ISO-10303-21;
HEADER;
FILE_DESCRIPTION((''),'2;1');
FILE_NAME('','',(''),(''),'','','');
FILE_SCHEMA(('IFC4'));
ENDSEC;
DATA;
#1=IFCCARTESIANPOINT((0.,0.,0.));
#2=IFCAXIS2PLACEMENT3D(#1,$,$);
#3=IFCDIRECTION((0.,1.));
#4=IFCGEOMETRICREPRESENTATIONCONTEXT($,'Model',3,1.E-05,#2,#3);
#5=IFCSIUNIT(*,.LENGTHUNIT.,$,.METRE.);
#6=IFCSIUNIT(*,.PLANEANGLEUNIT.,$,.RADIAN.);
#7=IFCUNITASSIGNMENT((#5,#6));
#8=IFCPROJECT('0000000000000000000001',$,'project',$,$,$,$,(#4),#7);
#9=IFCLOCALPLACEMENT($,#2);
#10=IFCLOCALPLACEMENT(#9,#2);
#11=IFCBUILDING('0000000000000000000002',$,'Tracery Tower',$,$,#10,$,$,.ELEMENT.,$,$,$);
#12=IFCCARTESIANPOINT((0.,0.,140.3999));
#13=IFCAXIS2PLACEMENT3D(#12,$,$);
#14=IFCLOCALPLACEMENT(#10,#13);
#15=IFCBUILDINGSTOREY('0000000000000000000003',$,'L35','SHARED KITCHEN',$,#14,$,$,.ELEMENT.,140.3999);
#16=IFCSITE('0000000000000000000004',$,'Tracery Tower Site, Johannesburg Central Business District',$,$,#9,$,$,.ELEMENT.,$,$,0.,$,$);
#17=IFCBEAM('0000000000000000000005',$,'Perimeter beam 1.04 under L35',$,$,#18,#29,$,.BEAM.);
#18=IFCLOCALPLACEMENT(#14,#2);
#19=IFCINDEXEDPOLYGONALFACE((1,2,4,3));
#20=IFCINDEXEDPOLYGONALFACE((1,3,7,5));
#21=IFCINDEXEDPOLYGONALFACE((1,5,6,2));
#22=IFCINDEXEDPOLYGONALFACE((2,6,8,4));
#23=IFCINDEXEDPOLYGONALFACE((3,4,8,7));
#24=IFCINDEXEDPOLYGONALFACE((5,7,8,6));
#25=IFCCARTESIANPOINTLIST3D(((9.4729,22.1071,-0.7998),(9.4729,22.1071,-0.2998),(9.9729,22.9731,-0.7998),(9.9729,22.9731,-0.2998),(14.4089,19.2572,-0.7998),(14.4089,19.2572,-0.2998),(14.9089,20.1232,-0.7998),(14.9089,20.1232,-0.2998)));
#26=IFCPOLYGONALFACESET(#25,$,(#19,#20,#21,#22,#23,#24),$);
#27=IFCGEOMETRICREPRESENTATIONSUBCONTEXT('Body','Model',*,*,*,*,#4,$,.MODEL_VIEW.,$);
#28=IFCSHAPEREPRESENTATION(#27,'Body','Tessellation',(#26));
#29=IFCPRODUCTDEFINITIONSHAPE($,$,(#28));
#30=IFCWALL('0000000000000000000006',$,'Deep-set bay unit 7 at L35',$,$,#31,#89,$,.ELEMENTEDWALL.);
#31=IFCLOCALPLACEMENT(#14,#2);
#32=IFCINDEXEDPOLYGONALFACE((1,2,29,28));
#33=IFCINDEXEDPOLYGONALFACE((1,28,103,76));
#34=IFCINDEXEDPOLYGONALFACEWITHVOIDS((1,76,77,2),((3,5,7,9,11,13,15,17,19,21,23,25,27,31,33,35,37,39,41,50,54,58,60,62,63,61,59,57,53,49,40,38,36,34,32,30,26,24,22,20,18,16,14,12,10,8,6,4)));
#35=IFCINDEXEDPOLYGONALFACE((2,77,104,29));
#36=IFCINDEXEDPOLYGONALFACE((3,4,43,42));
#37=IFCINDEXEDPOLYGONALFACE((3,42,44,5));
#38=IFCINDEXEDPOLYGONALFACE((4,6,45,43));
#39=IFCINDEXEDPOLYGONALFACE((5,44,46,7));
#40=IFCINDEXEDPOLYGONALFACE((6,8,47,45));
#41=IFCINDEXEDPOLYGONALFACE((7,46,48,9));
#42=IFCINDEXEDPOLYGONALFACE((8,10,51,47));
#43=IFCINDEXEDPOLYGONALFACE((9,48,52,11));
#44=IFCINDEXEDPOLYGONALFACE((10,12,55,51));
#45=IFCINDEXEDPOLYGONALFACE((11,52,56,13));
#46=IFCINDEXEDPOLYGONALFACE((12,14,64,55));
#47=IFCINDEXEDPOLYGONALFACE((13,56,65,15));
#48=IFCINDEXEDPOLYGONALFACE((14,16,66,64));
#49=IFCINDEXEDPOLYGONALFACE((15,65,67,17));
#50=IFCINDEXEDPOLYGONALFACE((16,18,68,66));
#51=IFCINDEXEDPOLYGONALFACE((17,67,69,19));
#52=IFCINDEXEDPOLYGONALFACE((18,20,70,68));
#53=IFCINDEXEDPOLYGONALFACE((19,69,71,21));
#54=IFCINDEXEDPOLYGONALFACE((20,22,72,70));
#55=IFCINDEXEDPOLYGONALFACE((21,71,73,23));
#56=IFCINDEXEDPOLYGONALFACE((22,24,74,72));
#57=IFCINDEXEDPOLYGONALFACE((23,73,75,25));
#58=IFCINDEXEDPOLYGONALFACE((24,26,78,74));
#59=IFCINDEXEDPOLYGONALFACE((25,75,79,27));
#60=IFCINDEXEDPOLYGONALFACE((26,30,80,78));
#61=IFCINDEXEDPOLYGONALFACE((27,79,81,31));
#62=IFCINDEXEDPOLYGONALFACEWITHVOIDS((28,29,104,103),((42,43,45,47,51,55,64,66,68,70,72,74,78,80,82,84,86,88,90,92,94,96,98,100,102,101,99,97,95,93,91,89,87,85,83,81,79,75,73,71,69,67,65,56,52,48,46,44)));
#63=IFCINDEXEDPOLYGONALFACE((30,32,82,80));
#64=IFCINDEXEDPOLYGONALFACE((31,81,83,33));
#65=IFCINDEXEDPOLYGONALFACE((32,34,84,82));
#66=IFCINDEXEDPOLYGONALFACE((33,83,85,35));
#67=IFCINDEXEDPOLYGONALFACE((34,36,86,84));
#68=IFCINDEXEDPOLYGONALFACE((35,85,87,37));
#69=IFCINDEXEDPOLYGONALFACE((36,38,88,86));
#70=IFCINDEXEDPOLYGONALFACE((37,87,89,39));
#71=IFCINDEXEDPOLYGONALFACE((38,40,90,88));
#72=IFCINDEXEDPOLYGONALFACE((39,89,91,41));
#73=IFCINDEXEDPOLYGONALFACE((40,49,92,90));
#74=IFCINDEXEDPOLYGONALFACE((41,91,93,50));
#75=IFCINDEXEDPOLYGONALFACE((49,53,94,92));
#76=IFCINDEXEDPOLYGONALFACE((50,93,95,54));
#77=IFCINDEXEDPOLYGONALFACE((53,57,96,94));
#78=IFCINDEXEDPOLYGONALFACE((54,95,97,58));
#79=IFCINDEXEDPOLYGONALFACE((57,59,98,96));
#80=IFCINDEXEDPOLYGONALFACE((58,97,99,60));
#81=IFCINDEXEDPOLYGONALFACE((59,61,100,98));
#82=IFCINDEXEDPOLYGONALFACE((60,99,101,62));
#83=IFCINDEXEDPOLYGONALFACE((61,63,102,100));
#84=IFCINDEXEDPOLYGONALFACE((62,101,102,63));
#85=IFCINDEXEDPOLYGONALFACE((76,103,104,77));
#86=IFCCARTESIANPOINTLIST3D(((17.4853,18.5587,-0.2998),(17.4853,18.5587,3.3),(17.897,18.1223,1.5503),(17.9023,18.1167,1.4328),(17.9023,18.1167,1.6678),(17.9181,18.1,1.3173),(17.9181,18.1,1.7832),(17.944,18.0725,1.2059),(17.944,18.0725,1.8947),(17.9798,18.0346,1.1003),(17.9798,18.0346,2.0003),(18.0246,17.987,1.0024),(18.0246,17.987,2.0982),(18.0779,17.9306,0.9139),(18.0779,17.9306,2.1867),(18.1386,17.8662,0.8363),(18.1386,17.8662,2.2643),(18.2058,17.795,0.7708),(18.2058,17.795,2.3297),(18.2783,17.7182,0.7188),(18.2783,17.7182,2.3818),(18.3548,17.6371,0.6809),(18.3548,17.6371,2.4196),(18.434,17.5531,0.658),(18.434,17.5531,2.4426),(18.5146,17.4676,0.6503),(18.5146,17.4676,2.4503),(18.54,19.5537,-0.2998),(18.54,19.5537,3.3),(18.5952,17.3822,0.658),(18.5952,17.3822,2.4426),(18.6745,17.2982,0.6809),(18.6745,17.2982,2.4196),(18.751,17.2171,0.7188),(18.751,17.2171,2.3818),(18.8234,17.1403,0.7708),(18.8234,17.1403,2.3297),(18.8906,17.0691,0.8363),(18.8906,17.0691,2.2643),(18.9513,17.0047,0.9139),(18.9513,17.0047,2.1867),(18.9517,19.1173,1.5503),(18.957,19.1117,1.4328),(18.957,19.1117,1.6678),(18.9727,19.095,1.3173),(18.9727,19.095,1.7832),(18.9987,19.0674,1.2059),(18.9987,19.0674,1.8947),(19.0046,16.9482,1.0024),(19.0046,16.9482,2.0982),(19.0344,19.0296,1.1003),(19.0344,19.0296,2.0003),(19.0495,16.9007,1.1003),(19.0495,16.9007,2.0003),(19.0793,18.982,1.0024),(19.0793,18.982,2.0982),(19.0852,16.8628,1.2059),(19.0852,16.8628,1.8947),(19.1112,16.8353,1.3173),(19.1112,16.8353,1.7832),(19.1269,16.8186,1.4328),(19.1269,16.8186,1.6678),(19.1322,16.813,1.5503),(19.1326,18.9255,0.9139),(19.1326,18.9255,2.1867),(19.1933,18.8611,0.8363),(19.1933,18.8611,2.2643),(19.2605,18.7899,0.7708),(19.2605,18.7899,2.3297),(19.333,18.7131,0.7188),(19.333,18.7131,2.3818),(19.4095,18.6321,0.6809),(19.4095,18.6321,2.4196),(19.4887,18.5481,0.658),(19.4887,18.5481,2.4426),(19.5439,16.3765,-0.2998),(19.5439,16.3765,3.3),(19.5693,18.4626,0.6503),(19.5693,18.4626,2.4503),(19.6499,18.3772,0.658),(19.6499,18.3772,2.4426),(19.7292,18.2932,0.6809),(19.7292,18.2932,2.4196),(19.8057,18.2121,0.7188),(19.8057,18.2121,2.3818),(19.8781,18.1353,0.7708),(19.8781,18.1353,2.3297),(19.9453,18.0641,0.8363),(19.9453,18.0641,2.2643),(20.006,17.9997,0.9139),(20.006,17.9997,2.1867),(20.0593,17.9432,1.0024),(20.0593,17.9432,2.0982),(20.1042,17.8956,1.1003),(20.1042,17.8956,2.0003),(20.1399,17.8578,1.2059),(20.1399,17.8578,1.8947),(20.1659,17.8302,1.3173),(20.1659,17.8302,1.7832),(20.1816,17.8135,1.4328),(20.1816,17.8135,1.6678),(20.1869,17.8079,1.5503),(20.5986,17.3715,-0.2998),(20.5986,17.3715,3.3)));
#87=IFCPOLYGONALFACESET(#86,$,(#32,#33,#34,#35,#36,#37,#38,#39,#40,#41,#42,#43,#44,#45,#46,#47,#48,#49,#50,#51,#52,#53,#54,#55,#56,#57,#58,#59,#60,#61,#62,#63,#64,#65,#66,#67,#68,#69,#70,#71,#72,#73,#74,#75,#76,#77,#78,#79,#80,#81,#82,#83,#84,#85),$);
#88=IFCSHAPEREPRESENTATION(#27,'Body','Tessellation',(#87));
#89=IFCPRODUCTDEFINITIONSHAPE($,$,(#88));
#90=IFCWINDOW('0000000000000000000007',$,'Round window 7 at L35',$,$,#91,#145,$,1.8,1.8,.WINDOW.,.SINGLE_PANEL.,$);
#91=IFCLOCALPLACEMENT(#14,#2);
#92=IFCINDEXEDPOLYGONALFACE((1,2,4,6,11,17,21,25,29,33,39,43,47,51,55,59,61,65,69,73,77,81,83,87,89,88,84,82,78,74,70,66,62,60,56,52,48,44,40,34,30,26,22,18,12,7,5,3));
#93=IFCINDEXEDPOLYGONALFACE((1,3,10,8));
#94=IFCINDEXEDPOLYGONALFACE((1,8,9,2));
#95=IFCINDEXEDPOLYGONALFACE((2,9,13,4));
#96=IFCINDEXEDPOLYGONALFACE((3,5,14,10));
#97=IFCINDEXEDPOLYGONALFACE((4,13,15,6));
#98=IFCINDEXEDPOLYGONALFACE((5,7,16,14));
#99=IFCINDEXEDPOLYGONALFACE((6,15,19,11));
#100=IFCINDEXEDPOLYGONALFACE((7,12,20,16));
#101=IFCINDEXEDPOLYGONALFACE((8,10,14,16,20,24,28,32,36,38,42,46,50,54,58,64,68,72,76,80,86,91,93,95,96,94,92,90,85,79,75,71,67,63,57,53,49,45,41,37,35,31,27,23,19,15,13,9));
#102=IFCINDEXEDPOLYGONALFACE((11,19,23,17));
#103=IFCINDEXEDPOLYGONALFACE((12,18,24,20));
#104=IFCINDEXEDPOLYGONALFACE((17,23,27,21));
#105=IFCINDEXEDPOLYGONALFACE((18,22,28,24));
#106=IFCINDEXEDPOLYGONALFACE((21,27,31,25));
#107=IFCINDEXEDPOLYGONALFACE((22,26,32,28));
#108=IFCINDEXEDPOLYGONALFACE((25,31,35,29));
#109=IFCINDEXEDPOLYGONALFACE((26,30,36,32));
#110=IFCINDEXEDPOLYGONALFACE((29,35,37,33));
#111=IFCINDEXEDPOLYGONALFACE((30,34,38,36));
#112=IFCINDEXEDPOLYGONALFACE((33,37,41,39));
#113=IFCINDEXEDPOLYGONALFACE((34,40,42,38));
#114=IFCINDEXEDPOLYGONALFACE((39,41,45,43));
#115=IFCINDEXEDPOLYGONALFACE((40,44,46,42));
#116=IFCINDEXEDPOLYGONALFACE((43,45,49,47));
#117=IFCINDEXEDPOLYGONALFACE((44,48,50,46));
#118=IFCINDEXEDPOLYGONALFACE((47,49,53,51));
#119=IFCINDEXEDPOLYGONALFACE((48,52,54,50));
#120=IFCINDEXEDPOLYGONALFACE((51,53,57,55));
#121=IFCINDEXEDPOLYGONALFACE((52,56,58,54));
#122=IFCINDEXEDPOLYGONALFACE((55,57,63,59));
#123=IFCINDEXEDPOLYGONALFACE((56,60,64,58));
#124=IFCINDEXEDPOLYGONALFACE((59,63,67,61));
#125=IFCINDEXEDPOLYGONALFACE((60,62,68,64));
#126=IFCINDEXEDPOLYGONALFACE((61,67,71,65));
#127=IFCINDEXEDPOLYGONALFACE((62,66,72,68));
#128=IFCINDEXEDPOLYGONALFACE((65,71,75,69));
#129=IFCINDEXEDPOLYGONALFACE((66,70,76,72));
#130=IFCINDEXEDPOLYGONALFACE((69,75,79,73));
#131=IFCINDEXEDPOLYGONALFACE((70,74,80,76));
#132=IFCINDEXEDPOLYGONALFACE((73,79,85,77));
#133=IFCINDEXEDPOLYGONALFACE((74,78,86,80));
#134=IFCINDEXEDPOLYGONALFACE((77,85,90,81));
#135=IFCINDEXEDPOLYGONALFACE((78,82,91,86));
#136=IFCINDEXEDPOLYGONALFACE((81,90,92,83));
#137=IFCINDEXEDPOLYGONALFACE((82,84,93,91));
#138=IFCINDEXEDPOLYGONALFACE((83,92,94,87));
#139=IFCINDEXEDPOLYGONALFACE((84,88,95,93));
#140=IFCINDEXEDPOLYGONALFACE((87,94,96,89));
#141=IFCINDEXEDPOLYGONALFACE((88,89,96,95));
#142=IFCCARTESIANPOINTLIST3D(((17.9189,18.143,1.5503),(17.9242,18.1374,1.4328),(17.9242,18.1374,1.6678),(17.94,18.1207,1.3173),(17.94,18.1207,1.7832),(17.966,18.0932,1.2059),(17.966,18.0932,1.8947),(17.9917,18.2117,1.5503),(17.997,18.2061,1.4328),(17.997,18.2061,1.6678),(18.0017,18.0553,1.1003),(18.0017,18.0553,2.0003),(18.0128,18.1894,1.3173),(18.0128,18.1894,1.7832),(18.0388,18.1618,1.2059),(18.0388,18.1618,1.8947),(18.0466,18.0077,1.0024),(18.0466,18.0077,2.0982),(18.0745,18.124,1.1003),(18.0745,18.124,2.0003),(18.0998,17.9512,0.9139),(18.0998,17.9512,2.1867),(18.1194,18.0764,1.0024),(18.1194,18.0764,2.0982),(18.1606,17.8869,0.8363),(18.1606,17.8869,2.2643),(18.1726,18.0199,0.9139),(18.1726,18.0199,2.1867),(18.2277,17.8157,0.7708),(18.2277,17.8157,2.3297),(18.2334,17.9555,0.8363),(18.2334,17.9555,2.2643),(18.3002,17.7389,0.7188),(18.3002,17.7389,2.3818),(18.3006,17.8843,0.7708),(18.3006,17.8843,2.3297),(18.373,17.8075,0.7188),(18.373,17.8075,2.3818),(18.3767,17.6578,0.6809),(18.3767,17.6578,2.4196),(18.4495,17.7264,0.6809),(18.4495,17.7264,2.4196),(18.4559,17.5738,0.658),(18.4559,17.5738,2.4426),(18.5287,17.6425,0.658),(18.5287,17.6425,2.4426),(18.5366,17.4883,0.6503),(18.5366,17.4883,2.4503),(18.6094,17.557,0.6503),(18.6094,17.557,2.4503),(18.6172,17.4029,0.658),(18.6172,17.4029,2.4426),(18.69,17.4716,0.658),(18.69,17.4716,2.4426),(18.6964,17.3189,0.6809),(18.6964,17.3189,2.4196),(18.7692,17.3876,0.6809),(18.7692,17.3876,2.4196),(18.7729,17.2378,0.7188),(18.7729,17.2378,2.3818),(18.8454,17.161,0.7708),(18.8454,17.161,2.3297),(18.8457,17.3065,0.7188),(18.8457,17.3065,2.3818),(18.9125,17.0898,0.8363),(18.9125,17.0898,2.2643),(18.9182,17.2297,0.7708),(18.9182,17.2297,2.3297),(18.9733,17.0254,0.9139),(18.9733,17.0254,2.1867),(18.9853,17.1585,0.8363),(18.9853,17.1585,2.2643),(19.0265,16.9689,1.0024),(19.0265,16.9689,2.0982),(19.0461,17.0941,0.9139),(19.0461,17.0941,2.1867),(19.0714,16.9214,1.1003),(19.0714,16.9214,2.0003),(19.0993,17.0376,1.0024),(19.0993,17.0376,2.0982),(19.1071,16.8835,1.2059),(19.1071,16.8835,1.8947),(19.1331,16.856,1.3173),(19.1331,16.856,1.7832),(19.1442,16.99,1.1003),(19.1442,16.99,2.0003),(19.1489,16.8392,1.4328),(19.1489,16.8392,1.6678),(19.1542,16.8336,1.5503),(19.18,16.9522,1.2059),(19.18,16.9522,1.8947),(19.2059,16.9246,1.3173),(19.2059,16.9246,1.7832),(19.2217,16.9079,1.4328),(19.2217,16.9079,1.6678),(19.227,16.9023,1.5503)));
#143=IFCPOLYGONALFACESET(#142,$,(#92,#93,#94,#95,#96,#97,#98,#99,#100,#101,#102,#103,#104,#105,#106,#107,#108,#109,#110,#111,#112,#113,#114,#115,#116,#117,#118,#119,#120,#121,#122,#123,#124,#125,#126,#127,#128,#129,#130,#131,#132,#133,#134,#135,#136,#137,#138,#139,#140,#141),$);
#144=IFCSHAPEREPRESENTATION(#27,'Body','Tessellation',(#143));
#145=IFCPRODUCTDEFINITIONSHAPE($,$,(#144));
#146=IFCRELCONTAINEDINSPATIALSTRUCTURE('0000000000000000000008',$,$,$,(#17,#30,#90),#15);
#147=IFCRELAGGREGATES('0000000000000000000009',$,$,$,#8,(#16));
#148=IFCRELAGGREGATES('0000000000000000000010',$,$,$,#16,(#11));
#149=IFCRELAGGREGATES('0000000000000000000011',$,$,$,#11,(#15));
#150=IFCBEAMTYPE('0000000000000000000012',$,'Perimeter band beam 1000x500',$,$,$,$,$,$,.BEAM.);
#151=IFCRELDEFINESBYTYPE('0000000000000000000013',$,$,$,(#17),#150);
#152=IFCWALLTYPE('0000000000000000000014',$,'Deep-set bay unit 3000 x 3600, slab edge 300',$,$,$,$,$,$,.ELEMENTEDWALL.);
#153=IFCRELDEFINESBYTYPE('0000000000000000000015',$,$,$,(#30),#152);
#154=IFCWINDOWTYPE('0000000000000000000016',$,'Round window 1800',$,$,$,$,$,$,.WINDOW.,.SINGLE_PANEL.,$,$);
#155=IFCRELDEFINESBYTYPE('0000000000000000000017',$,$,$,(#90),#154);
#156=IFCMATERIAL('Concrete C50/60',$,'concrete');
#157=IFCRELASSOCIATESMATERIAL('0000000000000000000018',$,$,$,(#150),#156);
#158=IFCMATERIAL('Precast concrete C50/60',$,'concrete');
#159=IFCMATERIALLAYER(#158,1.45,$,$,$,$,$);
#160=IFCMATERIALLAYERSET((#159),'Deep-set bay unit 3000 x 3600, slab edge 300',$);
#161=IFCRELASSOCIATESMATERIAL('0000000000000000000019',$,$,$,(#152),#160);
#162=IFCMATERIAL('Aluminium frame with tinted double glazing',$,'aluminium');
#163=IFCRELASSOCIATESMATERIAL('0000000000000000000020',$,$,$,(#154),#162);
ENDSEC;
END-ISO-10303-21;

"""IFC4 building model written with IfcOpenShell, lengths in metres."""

from ifc_helpers import new_model, si_unit, direction, frame, frame_2d, origin, origin_2d, place, context, subcontext, project, spatial, rectangle, circle, extrude, material, layer, layer_set, material_profile, profile_set, type_object, element, fill, save


model = new_model("IFC4")

# Units and contexts
model_context = context("Model", 3, precision=1e-05, world=origin(), true_north=direction((0.0, 1.0)))
body_context = subcontext(model_context, "Body", "Model", "MODEL_VIEW")
ifc_project = project(units=[si_unit("LENGTHUNIT", "METRE"), si_unit("PLANEANGLEUNIT", "RADIAN")], contexts=[model_context])

# Site, building, storey
site_placement = place(None, origin())
site = spatial("IfcSite", under=ifc_project, at=site_placement, Name="Tracery Tower Site, Johannesburg Central Business District", CompositionType="ELEMENT", RefElevation=0.0)
building_placement = place(site_placement, origin())
building = spatial("IfcBuilding", under=site, at=building_placement, Name="Tracery Tower", CompositionType="ELEMENT")
storey_placement = place(building_placement, frame((0.0, 0.0, 140.3999)))
storey = spatial("IfcBuildingStorey", under=building, at=storey_placement, Name="L35", Description="SHARED KITCHEN", CompositionType="ELEMENT", Elevation=140.3999)

# Beam
ifc_material_1 = material(Name="Concrete C50/60", Category="concrete")
ifc_material_profile_1 = material_profile(ifc_material_1, rectangle(XDim=1.0, YDim=0.5, at=origin_2d()), Name="RC 1000x500")
ifc_profile_set_1 = profile_set([ifc_material_profile_1], Name="Concrete C50/60")
beam_type_1 = type_object("IfcBeamType", Name="Perimeter band beam 1000x500", PredefinedType="BEAM", material=ifc_profile_set_1)
beam_1_placement = place(storey_placement, frame((14.6589, 19.6902, -0.5498), z_axis=(-0.866023, 0.500004, 0.0), x_axis=(-0.500004, -0.866023, 0.0)))
element("IfcBeam", 1, at=beam_1_placement, inside=storey, type_object=beam_type_1, Name="Perimeter beam 1.04 under L35", PredefinedType="BEAM", context=body_context, shape_type="SweptSolid", body=[
    extrude(rectangle(XDim=1.0, YDim=0.5, at=origin_2d()), origin(), (0.0, 0.0, 1.0), 5.6997),
])

# Wall, opening, window
ifc_material_2 = material(Name="Precast concrete C50/60", Category="concrete")
ifc_layer_1 = layer(ifc_material_2, 1.45)
ifc_layer_set_1 = layer_set([ifc_layer_1], Name="Deep-set bay unit 3000 x 3600, slab edge 300")
wall_type_1 = type_object("IfcWallType", Name="Deep-set bay unit 3000 x 3600, slab edge 300", PredefinedType="ELEMENTEDWALL", material=ifc_layer_set_1)
wall_1_placement = place(storey_placement, frame((20.0713, 16.874, -0.2998), z_axis=(0.0, 0.0, 1.0), x_axis=(-0.686217, 0.727397, 0.0)))
wall_1 = element("IfcWall", 2, at=wall_1_placement, inside=storey, type_object=wall_type_1, Name="Deep-set bay unit 7 at L35", PredefinedType="ELEMENTEDWALL", context=body_context, shape_type="SweptSolid", body=[
    extrude(rectangle(XDim=3.0, YDim=1.45, at=frame_2d((1.5, 0.0))), origin(), (0.0, 0.0, 1.0), 3.5999),
])
opening_1_placement = place(wall_1_placement, frame((1.5, 0.0, 1.8501)))
opening_1 = element("IfcOpeningElement", 3, at=opening_1_placement, cuts=wall_1, PredefinedType="OPENING", context=body_context, shape_type="SweptSolid", body=[
    extrude(circle(Radius=0.9, at=origin_2d()), frame((0.0, 0.7349, 0.0), z_axis=(0.0, -1.0, 0.0), x_axis=(1.0, 0.0, 0.0)), (0.0, 0.0, 1.0), 1.47),
])
ifc_material_3 = material(Name="Aluminium frame with tinted double glazing", Category="aluminium")
window_type = type_object("IfcWindowType", Name="Round window 1800", PartitioningType="SINGLE_PANEL", PredefinedType="WINDOW", material=ifc_material_3)
window_1_placement = place(opening_1_placement, origin())
window_1 = element("IfcWindow", 4, at=window_1_placement, inside=storey, type_object=window_type, Name="Round window 7 at L35", OverallHeight=1.8, OverallWidth=1.8, PartitioningType="SINGLE_PANEL", PredefinedType="WINDOW", context=body_context, shape_type="SweptSolid", body=[
    extrude(circle(Radius=0.9, at=origin_2d()), frame((0.0, 0.6948, 0.0), z_axis=(0.0, -1.0, 0.0), x_axis=(1.0, 0.0, 0.0)), (0.0, 0.0, 1.0), 0.1001),
])
fill(opening_1, window_1)

save(model, "model.ifc")
